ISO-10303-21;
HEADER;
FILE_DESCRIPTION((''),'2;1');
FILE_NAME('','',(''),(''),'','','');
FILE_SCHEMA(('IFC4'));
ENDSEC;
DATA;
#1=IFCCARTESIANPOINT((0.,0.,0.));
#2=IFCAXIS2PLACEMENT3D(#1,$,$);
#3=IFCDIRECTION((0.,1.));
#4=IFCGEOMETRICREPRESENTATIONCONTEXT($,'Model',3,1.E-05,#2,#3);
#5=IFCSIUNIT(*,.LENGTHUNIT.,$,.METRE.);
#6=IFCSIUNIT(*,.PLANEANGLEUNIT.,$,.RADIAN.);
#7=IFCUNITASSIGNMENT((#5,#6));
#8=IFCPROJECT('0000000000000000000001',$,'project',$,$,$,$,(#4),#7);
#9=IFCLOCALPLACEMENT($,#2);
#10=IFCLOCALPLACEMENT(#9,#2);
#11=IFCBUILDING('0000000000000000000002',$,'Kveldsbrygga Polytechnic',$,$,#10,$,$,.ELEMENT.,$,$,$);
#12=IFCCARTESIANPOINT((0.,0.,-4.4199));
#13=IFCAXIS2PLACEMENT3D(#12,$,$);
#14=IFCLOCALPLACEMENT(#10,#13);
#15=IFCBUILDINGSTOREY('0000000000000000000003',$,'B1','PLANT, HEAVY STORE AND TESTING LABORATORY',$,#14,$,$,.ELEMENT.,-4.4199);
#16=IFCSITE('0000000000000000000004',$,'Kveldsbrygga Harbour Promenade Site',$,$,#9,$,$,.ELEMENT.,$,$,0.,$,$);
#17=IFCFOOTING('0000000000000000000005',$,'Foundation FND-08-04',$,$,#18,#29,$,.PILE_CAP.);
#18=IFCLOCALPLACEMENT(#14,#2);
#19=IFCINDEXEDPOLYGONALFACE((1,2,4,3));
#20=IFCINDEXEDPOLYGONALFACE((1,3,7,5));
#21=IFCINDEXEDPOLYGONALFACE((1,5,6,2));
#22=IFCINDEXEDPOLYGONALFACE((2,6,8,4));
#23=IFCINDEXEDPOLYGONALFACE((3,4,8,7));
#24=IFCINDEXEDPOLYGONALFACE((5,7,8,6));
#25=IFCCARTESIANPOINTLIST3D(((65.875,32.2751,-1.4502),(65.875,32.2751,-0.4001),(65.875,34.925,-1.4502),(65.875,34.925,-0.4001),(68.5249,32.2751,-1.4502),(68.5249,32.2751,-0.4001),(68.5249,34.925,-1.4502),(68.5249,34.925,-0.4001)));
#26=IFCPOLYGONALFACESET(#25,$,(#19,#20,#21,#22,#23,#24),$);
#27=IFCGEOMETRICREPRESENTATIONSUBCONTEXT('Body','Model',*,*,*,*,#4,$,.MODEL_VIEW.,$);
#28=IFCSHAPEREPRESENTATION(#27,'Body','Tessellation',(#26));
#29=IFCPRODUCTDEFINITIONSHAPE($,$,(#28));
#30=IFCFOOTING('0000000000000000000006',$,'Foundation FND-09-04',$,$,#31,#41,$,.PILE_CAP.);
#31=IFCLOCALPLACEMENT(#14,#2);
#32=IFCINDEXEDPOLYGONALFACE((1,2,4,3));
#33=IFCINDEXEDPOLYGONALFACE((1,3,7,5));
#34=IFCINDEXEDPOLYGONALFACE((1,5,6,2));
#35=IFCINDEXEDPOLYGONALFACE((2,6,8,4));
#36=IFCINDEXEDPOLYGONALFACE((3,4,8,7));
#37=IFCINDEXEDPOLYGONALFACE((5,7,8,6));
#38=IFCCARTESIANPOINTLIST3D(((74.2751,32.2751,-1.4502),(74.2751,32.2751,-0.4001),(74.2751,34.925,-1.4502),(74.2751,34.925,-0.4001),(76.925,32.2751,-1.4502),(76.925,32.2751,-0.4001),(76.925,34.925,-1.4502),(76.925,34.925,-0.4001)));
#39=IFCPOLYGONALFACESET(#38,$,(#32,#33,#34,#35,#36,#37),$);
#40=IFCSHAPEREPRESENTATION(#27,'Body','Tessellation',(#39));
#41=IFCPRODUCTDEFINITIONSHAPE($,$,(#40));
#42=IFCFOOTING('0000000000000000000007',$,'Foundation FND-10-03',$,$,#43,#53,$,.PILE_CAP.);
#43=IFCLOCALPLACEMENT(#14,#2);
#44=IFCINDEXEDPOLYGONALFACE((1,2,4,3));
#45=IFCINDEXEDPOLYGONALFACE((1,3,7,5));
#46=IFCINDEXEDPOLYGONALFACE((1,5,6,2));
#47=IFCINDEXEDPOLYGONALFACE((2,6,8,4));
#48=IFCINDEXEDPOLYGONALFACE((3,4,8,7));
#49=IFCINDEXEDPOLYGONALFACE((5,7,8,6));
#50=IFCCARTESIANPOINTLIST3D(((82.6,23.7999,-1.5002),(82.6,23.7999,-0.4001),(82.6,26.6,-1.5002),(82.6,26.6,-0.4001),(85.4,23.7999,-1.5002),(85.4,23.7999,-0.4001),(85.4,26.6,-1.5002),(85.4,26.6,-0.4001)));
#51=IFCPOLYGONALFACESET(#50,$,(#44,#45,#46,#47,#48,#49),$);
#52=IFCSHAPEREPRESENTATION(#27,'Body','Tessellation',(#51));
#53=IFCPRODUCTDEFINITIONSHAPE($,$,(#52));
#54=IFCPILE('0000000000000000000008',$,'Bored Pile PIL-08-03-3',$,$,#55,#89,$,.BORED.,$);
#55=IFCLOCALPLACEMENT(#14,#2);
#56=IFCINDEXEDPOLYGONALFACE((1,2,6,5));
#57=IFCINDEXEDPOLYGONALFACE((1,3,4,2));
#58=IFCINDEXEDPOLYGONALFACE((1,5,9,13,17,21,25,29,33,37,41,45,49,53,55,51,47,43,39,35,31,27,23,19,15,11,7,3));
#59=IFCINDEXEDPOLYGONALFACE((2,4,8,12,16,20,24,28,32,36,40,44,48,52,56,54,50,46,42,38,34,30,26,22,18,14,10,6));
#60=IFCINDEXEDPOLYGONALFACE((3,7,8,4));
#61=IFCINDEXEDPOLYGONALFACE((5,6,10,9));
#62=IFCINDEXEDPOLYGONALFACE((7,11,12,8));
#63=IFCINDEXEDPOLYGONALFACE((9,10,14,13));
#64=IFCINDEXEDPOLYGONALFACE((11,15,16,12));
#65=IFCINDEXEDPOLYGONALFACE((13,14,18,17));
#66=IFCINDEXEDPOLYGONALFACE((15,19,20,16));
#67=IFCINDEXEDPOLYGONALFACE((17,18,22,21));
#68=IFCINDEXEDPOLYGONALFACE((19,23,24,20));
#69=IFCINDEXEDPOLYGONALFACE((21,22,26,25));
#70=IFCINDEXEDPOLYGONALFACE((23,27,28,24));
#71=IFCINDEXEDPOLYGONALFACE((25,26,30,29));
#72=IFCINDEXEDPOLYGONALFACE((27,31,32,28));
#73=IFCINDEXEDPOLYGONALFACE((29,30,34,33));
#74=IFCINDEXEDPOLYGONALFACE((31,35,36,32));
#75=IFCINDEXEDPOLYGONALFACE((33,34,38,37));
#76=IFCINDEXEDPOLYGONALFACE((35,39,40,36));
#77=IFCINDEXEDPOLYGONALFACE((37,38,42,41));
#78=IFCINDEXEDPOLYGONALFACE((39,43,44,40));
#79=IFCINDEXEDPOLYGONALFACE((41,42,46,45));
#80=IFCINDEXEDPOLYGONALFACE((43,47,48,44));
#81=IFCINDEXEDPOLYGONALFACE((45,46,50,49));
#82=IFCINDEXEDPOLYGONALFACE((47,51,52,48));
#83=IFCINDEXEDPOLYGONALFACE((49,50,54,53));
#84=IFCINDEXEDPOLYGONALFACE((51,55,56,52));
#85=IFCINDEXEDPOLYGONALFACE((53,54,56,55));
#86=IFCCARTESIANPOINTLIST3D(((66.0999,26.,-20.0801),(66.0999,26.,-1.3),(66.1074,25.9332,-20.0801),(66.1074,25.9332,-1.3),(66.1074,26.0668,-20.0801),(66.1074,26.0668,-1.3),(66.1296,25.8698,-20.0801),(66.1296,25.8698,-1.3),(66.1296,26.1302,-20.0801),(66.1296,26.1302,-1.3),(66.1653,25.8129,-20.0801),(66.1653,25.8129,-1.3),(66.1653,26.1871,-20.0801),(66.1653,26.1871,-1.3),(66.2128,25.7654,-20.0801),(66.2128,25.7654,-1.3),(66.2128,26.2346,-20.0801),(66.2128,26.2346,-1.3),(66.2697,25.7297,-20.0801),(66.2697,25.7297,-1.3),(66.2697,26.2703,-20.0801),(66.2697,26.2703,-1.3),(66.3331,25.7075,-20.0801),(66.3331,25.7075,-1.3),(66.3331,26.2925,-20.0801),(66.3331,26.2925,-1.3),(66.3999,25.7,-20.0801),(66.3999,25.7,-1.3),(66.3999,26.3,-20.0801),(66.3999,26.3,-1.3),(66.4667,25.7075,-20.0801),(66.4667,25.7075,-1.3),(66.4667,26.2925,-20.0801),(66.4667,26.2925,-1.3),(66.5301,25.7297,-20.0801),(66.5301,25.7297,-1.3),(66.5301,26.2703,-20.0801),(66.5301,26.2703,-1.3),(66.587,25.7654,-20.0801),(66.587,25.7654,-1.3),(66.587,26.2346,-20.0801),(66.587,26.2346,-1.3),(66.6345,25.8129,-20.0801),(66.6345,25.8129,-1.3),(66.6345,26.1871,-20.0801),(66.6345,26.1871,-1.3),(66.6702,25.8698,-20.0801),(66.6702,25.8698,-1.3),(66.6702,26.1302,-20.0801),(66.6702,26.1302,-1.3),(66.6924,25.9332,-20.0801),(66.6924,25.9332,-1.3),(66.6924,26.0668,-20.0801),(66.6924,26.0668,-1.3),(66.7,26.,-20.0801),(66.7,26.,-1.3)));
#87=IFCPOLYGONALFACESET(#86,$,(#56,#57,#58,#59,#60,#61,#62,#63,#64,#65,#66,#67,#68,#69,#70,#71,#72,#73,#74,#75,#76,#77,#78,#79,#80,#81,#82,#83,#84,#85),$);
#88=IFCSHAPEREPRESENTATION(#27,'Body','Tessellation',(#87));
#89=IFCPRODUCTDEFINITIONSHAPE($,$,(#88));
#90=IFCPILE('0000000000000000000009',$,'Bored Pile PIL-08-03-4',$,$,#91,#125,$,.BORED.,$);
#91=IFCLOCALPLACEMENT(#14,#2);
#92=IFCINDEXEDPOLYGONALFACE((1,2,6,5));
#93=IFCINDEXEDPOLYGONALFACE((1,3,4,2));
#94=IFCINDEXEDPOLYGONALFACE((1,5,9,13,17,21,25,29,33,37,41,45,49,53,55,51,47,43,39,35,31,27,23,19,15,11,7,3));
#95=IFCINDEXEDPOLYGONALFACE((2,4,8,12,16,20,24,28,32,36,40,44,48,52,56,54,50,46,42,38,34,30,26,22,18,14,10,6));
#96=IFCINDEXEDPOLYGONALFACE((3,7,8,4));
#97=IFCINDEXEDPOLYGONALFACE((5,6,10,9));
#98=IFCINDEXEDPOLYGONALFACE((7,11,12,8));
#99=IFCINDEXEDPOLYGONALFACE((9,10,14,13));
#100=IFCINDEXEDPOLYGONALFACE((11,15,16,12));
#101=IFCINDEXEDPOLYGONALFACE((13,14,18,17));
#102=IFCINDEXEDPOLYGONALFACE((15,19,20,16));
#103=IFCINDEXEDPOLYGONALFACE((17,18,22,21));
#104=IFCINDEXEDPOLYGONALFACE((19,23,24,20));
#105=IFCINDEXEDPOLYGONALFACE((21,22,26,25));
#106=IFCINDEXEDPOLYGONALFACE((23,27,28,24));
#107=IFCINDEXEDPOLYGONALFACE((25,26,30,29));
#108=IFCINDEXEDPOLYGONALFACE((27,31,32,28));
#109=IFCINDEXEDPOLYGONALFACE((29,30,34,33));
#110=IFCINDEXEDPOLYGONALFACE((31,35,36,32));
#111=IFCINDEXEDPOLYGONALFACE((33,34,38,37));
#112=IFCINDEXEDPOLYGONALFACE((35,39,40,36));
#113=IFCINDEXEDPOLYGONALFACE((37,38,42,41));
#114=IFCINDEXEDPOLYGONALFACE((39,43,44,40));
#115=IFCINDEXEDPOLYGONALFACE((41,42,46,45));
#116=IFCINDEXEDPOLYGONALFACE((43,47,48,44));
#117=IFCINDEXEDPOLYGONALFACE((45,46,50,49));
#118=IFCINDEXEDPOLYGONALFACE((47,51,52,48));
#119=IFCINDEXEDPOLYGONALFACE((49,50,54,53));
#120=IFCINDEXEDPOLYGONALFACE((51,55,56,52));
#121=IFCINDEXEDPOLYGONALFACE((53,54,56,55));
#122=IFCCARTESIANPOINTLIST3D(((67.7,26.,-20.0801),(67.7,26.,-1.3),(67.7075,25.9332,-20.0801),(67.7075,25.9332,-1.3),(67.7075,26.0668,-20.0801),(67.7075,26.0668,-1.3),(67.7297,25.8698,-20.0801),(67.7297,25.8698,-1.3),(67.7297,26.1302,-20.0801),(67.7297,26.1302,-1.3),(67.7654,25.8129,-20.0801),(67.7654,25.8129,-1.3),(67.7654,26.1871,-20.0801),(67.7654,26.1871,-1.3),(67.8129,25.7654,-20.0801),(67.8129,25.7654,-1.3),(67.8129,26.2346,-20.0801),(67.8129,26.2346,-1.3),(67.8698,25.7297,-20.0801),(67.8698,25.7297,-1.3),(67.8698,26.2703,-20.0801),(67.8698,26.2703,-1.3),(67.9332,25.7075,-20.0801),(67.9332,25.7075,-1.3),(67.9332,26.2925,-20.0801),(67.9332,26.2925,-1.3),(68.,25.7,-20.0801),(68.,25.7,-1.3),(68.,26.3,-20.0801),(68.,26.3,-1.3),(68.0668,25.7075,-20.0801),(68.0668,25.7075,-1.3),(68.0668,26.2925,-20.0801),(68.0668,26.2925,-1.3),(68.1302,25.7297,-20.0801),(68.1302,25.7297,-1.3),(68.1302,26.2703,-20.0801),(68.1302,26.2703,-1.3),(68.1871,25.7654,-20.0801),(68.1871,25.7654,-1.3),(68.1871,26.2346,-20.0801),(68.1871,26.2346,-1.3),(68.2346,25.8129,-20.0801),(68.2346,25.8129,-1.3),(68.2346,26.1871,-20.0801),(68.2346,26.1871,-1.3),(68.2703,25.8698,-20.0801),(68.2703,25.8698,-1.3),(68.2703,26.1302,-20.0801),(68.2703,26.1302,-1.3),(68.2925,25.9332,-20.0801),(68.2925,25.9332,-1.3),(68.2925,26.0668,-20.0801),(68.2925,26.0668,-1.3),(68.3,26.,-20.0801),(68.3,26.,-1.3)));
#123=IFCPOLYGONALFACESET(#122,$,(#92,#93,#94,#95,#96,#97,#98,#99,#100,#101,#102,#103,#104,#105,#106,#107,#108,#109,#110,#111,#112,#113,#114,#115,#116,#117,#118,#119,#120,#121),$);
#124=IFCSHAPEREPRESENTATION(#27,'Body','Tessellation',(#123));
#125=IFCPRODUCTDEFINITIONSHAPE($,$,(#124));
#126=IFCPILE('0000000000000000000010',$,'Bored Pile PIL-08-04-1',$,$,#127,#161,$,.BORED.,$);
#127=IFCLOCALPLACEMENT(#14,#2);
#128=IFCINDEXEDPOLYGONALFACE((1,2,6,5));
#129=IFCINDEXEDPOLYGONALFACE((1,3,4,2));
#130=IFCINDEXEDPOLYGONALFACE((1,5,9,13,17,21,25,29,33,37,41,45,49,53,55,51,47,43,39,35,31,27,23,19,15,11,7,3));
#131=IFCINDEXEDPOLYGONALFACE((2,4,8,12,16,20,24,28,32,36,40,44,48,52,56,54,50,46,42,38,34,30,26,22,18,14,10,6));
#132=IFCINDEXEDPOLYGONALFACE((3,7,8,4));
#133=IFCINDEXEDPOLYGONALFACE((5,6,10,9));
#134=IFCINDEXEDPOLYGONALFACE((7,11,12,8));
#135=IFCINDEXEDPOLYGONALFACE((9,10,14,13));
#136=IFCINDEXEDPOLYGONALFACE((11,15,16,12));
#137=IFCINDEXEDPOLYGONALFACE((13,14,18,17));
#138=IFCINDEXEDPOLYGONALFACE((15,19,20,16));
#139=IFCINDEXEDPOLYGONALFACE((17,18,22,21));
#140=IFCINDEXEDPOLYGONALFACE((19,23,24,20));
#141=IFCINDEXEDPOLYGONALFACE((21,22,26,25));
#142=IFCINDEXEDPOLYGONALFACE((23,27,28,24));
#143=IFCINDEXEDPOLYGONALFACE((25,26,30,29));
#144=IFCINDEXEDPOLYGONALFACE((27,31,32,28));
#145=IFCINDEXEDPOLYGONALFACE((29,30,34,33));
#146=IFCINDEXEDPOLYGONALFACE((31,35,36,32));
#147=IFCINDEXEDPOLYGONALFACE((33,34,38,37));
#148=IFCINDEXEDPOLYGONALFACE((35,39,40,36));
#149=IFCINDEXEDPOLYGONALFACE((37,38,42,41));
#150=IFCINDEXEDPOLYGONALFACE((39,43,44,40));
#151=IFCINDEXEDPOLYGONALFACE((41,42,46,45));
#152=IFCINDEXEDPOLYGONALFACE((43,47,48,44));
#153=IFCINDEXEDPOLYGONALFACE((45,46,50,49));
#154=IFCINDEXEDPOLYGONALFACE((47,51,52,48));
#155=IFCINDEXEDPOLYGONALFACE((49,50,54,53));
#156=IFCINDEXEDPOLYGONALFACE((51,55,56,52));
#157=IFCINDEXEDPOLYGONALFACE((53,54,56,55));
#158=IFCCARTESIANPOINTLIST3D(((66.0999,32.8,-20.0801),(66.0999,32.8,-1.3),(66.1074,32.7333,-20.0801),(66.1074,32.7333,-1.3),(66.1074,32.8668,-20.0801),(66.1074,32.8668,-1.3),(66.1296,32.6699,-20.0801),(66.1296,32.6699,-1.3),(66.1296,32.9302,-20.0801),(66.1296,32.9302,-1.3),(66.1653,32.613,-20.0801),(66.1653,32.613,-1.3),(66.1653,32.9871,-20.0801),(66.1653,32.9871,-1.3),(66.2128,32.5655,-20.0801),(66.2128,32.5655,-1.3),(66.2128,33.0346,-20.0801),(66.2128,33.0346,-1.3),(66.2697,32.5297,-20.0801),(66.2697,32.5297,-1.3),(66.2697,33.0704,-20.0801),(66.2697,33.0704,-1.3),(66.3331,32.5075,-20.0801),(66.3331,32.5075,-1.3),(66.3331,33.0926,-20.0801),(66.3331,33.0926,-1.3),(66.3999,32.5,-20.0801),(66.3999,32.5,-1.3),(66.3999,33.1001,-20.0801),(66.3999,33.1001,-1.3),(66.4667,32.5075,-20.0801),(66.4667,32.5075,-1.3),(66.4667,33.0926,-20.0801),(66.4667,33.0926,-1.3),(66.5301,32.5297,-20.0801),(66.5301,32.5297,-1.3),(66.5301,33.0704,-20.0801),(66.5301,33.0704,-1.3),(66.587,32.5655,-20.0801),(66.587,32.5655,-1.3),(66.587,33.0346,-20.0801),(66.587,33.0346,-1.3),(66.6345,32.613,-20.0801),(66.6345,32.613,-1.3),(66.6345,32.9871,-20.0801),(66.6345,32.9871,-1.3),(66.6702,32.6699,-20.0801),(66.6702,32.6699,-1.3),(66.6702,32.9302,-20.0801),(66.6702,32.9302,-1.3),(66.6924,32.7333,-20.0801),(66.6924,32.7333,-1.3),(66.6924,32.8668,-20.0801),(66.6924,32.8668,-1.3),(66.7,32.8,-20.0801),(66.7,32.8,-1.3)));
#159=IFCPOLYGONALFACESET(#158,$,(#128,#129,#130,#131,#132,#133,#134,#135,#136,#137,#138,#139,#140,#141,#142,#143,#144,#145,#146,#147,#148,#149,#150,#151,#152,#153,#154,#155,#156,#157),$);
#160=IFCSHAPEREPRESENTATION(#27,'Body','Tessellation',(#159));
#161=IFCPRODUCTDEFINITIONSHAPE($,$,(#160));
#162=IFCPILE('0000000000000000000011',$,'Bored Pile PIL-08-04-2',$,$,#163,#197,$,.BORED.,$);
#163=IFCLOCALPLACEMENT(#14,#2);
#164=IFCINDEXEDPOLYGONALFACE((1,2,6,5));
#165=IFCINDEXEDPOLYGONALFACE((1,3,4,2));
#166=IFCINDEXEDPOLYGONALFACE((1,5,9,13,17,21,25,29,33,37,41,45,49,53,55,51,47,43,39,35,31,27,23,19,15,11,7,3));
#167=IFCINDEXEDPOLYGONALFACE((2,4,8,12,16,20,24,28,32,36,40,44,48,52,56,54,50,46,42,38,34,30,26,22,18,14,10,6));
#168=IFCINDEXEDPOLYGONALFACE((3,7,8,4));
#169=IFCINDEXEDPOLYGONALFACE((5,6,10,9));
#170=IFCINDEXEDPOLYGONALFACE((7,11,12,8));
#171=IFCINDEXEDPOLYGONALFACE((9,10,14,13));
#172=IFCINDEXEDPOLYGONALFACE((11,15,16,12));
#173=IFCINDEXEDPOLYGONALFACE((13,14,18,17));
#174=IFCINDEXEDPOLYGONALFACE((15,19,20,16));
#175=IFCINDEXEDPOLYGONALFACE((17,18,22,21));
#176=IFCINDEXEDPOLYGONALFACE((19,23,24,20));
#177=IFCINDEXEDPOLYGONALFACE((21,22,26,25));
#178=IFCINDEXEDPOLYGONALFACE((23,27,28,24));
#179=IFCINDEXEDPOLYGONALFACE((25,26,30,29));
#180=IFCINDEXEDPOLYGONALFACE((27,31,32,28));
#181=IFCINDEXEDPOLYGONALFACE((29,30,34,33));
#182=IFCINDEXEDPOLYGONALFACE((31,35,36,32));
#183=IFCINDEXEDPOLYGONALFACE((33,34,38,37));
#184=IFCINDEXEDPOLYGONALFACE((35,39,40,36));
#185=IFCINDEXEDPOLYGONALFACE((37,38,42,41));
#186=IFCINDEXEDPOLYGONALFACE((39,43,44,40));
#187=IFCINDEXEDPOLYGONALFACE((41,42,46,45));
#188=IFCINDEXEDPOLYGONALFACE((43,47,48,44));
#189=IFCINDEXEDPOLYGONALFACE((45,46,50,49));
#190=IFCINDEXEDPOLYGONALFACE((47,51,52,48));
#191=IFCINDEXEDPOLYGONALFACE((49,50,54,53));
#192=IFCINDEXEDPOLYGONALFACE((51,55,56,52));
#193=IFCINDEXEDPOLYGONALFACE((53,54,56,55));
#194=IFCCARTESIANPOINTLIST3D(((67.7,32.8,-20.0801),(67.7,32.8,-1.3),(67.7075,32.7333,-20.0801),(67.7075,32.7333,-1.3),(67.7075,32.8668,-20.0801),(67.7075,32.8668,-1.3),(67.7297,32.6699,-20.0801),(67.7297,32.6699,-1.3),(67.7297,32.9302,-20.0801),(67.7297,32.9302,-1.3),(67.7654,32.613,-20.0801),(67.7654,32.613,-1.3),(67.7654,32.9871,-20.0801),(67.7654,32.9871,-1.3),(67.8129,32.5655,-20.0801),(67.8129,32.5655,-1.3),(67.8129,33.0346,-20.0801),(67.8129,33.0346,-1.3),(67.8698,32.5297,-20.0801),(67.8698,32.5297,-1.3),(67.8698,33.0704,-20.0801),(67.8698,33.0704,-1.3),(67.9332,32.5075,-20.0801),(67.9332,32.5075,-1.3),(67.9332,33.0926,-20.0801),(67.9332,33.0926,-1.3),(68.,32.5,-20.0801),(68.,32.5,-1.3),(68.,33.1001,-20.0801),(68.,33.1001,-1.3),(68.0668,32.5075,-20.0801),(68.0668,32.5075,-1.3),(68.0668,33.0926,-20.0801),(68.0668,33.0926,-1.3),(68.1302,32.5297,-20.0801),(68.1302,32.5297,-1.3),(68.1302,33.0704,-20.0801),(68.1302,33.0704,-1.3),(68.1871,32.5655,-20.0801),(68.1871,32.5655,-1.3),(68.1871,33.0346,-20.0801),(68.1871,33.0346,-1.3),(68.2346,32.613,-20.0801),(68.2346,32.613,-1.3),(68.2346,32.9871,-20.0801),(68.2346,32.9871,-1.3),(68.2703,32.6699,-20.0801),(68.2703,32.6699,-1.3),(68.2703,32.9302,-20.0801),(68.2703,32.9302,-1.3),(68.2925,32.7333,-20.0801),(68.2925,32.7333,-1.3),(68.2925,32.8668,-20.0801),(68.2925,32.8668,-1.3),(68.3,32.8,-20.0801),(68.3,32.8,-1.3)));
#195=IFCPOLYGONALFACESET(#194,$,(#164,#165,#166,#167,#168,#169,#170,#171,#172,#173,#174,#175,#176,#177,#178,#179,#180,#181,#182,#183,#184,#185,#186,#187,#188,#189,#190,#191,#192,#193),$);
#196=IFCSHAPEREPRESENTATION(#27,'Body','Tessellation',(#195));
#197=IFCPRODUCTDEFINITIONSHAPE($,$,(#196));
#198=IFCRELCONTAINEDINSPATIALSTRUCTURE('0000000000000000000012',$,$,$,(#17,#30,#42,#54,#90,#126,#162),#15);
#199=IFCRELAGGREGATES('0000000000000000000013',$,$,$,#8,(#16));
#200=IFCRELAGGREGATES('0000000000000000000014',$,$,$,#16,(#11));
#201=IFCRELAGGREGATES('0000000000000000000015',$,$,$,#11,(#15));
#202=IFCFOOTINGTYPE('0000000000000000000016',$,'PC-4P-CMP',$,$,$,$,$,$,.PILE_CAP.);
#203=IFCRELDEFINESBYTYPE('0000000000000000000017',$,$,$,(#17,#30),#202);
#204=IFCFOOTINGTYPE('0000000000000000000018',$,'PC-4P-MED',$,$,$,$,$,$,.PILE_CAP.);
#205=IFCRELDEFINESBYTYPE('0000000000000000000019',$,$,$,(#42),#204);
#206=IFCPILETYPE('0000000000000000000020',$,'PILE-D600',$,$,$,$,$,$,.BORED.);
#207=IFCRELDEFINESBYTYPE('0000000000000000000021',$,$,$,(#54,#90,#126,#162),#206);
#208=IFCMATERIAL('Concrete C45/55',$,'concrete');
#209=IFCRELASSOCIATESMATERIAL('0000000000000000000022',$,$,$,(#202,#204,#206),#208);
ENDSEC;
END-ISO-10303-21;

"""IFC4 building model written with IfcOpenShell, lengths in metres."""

from ifc_helpers import new_model, si_unit, direction, frame, origin, origin_2d, place, context, subcontext, project, spatial, rectangle, circle, extrude, material, material_profile, profile_set, type_object, element, save


model = new_model("IFC4")

# Units and contexts
model_context = context("Model", 3, precision=1e-05, world=origin(), true_north=direction((0.0, 1.0)))
body_context = subcontext(model_context, "Body", "Model", "MODEL_VIEW")
ifc_project = project(units=[si_unit("LENGTHUNIT", "METRE"), si_unit("PLANEANGLEUNIT", "RADIAN")], contexts=[model_context])

# Site, building, storey
site_placement = place(None, origin())
site = spatial("IfcSite", under=ifc_project, at=site_placement, Name="Kveldsbrygga Harbour Promenade Site", CompositionType="ELEMENT", RefElevation=0.0)
building_placement = place(site_placement, origin())
building = spatial("IfcBuilding", under=site, at=building_placement, Name="Kveldsbrygga Polytechnic", CompositionType="ELEMENT")
storey_placement = place(building_placement, frame((0.0, 0.0, -4.4199)))
storey = spatial("IfcBuildingStorey", under=building, at=storey_placement, Name="B1", Description="PLANT, HEAVY STORE AND TESTING LABORATORY", CompositionType="ELEMENT", Elevation=-4.4199)

# Footings
ifc_material_1 = material(Name="Concrete C45/55", Category="concrete")
footing_type_1 = type_object("IfcFootingType", Name="PC-4P-CMP", PredefinedType="PILE_CAP", material=ifc_material_1)
for number, where, z_axis, x_axis, name in (
    (1, (67.2, 33.6001, -1.4502), (0.0, 0.0, 1.0), (1.0, 0.0, 0.0), "Foundation FND-08-04"),
    (2, (75.6001, 33.6001, -1.4502), (0.0, 0.0, 1.0), (1.0, 0.0, 0.0), "Foundation FND-09-04"),
):
    element("IfcFooting", number, at=place(storey_placement, frame(where, z_axis=z_axis, x_axis=x_axis)), inside=storey, type_object=footing_type_1, Name=name, PredefinedType="PILE_CAP", context=body_context, shape_type="SweptSolid", body=[
        extrude(rectangle(XDim=2.6499, YDim=2.6499, at=origin_2d()), origin(), (0.0, 0.0, 1.0), 1.05),
    ])
footing_type_2 = type_object("IfcFootingType", Name="PC-4P-MED", PredefinedType="PILE_CAP", material=ifc_material_1)
footing_placement = place(storey_placement, frame((84.0, 25.2, -1.5002), z_axis=(0.0, 0.0, 1.0), x_axis=(1.0, 0.0, 0.0)))
element("IfcFooting", 3, at=footing_placement, inside=storey, type_object=footing_type_2, Name="Foundation FND-10-03", PredefinedType="PILE_CAP", context=body_context, shape_type="SweptSolid", body=[
    extrude(rectangle(XDim=2.8, YDim=2.8, at=origin_2d()), origin(), (0.0, 0.0, 1.0), 1.1001),
])

# Piles
ifc_material_profile_1 = material_profile(ifc_material_1, circle(Radius=0.3, at=origin_2d()), Name="PILE D600")
ifc_profile_set_1 = profile_set([ifc_material_profile_1], Name="Concrete C45/55")
pile_type_1 = type_object("IfcPileType", Name="PILE-D600", PredefinedType="BORED", material=ifc_profile_set_1)
for number, where, z_axis, x_axis, name in (
    (4, (66.3999, 26.0, -1.3), (0.0, 0.0, -1.0), (1.0, 0.0, 0.0), "Bored Pile PIL-08-03-3"),
    (5, (68.0, 26.0, -1.3), (0.0, 0.0, -1.0), (1.0, 0.0, 0.0), "Bored Pile PIL-08-03-4"),
    (6, (66.3999, 32.8, -1.3), (0.0, 0.0, -1.0), (1.0, 0.0, 0.0), "Bored Pile PIL-08-04-1"),
    (7, (68.0, 32.8, -1.3), (0.0, 0.0, -1.0), (1.0, 0.0, 0.0), "Bored Pile PIL-08-04-2"),
):
    element("IfcPile", number, at=place(storey_placement, frame(where, z_axis=z_axis, x_axis=x_axis)), inside=storey, type_object=pile_type_1, Name=name, PredefinedType="BORED", context=body_context, shape_type="SweptSolid", body=[
        extrude(circle(Radius=0.3, at=origin_2d()), origin(), (0.0, 0.0, 1.0), 18.78),
    ])

save(model, "model.ifc")
